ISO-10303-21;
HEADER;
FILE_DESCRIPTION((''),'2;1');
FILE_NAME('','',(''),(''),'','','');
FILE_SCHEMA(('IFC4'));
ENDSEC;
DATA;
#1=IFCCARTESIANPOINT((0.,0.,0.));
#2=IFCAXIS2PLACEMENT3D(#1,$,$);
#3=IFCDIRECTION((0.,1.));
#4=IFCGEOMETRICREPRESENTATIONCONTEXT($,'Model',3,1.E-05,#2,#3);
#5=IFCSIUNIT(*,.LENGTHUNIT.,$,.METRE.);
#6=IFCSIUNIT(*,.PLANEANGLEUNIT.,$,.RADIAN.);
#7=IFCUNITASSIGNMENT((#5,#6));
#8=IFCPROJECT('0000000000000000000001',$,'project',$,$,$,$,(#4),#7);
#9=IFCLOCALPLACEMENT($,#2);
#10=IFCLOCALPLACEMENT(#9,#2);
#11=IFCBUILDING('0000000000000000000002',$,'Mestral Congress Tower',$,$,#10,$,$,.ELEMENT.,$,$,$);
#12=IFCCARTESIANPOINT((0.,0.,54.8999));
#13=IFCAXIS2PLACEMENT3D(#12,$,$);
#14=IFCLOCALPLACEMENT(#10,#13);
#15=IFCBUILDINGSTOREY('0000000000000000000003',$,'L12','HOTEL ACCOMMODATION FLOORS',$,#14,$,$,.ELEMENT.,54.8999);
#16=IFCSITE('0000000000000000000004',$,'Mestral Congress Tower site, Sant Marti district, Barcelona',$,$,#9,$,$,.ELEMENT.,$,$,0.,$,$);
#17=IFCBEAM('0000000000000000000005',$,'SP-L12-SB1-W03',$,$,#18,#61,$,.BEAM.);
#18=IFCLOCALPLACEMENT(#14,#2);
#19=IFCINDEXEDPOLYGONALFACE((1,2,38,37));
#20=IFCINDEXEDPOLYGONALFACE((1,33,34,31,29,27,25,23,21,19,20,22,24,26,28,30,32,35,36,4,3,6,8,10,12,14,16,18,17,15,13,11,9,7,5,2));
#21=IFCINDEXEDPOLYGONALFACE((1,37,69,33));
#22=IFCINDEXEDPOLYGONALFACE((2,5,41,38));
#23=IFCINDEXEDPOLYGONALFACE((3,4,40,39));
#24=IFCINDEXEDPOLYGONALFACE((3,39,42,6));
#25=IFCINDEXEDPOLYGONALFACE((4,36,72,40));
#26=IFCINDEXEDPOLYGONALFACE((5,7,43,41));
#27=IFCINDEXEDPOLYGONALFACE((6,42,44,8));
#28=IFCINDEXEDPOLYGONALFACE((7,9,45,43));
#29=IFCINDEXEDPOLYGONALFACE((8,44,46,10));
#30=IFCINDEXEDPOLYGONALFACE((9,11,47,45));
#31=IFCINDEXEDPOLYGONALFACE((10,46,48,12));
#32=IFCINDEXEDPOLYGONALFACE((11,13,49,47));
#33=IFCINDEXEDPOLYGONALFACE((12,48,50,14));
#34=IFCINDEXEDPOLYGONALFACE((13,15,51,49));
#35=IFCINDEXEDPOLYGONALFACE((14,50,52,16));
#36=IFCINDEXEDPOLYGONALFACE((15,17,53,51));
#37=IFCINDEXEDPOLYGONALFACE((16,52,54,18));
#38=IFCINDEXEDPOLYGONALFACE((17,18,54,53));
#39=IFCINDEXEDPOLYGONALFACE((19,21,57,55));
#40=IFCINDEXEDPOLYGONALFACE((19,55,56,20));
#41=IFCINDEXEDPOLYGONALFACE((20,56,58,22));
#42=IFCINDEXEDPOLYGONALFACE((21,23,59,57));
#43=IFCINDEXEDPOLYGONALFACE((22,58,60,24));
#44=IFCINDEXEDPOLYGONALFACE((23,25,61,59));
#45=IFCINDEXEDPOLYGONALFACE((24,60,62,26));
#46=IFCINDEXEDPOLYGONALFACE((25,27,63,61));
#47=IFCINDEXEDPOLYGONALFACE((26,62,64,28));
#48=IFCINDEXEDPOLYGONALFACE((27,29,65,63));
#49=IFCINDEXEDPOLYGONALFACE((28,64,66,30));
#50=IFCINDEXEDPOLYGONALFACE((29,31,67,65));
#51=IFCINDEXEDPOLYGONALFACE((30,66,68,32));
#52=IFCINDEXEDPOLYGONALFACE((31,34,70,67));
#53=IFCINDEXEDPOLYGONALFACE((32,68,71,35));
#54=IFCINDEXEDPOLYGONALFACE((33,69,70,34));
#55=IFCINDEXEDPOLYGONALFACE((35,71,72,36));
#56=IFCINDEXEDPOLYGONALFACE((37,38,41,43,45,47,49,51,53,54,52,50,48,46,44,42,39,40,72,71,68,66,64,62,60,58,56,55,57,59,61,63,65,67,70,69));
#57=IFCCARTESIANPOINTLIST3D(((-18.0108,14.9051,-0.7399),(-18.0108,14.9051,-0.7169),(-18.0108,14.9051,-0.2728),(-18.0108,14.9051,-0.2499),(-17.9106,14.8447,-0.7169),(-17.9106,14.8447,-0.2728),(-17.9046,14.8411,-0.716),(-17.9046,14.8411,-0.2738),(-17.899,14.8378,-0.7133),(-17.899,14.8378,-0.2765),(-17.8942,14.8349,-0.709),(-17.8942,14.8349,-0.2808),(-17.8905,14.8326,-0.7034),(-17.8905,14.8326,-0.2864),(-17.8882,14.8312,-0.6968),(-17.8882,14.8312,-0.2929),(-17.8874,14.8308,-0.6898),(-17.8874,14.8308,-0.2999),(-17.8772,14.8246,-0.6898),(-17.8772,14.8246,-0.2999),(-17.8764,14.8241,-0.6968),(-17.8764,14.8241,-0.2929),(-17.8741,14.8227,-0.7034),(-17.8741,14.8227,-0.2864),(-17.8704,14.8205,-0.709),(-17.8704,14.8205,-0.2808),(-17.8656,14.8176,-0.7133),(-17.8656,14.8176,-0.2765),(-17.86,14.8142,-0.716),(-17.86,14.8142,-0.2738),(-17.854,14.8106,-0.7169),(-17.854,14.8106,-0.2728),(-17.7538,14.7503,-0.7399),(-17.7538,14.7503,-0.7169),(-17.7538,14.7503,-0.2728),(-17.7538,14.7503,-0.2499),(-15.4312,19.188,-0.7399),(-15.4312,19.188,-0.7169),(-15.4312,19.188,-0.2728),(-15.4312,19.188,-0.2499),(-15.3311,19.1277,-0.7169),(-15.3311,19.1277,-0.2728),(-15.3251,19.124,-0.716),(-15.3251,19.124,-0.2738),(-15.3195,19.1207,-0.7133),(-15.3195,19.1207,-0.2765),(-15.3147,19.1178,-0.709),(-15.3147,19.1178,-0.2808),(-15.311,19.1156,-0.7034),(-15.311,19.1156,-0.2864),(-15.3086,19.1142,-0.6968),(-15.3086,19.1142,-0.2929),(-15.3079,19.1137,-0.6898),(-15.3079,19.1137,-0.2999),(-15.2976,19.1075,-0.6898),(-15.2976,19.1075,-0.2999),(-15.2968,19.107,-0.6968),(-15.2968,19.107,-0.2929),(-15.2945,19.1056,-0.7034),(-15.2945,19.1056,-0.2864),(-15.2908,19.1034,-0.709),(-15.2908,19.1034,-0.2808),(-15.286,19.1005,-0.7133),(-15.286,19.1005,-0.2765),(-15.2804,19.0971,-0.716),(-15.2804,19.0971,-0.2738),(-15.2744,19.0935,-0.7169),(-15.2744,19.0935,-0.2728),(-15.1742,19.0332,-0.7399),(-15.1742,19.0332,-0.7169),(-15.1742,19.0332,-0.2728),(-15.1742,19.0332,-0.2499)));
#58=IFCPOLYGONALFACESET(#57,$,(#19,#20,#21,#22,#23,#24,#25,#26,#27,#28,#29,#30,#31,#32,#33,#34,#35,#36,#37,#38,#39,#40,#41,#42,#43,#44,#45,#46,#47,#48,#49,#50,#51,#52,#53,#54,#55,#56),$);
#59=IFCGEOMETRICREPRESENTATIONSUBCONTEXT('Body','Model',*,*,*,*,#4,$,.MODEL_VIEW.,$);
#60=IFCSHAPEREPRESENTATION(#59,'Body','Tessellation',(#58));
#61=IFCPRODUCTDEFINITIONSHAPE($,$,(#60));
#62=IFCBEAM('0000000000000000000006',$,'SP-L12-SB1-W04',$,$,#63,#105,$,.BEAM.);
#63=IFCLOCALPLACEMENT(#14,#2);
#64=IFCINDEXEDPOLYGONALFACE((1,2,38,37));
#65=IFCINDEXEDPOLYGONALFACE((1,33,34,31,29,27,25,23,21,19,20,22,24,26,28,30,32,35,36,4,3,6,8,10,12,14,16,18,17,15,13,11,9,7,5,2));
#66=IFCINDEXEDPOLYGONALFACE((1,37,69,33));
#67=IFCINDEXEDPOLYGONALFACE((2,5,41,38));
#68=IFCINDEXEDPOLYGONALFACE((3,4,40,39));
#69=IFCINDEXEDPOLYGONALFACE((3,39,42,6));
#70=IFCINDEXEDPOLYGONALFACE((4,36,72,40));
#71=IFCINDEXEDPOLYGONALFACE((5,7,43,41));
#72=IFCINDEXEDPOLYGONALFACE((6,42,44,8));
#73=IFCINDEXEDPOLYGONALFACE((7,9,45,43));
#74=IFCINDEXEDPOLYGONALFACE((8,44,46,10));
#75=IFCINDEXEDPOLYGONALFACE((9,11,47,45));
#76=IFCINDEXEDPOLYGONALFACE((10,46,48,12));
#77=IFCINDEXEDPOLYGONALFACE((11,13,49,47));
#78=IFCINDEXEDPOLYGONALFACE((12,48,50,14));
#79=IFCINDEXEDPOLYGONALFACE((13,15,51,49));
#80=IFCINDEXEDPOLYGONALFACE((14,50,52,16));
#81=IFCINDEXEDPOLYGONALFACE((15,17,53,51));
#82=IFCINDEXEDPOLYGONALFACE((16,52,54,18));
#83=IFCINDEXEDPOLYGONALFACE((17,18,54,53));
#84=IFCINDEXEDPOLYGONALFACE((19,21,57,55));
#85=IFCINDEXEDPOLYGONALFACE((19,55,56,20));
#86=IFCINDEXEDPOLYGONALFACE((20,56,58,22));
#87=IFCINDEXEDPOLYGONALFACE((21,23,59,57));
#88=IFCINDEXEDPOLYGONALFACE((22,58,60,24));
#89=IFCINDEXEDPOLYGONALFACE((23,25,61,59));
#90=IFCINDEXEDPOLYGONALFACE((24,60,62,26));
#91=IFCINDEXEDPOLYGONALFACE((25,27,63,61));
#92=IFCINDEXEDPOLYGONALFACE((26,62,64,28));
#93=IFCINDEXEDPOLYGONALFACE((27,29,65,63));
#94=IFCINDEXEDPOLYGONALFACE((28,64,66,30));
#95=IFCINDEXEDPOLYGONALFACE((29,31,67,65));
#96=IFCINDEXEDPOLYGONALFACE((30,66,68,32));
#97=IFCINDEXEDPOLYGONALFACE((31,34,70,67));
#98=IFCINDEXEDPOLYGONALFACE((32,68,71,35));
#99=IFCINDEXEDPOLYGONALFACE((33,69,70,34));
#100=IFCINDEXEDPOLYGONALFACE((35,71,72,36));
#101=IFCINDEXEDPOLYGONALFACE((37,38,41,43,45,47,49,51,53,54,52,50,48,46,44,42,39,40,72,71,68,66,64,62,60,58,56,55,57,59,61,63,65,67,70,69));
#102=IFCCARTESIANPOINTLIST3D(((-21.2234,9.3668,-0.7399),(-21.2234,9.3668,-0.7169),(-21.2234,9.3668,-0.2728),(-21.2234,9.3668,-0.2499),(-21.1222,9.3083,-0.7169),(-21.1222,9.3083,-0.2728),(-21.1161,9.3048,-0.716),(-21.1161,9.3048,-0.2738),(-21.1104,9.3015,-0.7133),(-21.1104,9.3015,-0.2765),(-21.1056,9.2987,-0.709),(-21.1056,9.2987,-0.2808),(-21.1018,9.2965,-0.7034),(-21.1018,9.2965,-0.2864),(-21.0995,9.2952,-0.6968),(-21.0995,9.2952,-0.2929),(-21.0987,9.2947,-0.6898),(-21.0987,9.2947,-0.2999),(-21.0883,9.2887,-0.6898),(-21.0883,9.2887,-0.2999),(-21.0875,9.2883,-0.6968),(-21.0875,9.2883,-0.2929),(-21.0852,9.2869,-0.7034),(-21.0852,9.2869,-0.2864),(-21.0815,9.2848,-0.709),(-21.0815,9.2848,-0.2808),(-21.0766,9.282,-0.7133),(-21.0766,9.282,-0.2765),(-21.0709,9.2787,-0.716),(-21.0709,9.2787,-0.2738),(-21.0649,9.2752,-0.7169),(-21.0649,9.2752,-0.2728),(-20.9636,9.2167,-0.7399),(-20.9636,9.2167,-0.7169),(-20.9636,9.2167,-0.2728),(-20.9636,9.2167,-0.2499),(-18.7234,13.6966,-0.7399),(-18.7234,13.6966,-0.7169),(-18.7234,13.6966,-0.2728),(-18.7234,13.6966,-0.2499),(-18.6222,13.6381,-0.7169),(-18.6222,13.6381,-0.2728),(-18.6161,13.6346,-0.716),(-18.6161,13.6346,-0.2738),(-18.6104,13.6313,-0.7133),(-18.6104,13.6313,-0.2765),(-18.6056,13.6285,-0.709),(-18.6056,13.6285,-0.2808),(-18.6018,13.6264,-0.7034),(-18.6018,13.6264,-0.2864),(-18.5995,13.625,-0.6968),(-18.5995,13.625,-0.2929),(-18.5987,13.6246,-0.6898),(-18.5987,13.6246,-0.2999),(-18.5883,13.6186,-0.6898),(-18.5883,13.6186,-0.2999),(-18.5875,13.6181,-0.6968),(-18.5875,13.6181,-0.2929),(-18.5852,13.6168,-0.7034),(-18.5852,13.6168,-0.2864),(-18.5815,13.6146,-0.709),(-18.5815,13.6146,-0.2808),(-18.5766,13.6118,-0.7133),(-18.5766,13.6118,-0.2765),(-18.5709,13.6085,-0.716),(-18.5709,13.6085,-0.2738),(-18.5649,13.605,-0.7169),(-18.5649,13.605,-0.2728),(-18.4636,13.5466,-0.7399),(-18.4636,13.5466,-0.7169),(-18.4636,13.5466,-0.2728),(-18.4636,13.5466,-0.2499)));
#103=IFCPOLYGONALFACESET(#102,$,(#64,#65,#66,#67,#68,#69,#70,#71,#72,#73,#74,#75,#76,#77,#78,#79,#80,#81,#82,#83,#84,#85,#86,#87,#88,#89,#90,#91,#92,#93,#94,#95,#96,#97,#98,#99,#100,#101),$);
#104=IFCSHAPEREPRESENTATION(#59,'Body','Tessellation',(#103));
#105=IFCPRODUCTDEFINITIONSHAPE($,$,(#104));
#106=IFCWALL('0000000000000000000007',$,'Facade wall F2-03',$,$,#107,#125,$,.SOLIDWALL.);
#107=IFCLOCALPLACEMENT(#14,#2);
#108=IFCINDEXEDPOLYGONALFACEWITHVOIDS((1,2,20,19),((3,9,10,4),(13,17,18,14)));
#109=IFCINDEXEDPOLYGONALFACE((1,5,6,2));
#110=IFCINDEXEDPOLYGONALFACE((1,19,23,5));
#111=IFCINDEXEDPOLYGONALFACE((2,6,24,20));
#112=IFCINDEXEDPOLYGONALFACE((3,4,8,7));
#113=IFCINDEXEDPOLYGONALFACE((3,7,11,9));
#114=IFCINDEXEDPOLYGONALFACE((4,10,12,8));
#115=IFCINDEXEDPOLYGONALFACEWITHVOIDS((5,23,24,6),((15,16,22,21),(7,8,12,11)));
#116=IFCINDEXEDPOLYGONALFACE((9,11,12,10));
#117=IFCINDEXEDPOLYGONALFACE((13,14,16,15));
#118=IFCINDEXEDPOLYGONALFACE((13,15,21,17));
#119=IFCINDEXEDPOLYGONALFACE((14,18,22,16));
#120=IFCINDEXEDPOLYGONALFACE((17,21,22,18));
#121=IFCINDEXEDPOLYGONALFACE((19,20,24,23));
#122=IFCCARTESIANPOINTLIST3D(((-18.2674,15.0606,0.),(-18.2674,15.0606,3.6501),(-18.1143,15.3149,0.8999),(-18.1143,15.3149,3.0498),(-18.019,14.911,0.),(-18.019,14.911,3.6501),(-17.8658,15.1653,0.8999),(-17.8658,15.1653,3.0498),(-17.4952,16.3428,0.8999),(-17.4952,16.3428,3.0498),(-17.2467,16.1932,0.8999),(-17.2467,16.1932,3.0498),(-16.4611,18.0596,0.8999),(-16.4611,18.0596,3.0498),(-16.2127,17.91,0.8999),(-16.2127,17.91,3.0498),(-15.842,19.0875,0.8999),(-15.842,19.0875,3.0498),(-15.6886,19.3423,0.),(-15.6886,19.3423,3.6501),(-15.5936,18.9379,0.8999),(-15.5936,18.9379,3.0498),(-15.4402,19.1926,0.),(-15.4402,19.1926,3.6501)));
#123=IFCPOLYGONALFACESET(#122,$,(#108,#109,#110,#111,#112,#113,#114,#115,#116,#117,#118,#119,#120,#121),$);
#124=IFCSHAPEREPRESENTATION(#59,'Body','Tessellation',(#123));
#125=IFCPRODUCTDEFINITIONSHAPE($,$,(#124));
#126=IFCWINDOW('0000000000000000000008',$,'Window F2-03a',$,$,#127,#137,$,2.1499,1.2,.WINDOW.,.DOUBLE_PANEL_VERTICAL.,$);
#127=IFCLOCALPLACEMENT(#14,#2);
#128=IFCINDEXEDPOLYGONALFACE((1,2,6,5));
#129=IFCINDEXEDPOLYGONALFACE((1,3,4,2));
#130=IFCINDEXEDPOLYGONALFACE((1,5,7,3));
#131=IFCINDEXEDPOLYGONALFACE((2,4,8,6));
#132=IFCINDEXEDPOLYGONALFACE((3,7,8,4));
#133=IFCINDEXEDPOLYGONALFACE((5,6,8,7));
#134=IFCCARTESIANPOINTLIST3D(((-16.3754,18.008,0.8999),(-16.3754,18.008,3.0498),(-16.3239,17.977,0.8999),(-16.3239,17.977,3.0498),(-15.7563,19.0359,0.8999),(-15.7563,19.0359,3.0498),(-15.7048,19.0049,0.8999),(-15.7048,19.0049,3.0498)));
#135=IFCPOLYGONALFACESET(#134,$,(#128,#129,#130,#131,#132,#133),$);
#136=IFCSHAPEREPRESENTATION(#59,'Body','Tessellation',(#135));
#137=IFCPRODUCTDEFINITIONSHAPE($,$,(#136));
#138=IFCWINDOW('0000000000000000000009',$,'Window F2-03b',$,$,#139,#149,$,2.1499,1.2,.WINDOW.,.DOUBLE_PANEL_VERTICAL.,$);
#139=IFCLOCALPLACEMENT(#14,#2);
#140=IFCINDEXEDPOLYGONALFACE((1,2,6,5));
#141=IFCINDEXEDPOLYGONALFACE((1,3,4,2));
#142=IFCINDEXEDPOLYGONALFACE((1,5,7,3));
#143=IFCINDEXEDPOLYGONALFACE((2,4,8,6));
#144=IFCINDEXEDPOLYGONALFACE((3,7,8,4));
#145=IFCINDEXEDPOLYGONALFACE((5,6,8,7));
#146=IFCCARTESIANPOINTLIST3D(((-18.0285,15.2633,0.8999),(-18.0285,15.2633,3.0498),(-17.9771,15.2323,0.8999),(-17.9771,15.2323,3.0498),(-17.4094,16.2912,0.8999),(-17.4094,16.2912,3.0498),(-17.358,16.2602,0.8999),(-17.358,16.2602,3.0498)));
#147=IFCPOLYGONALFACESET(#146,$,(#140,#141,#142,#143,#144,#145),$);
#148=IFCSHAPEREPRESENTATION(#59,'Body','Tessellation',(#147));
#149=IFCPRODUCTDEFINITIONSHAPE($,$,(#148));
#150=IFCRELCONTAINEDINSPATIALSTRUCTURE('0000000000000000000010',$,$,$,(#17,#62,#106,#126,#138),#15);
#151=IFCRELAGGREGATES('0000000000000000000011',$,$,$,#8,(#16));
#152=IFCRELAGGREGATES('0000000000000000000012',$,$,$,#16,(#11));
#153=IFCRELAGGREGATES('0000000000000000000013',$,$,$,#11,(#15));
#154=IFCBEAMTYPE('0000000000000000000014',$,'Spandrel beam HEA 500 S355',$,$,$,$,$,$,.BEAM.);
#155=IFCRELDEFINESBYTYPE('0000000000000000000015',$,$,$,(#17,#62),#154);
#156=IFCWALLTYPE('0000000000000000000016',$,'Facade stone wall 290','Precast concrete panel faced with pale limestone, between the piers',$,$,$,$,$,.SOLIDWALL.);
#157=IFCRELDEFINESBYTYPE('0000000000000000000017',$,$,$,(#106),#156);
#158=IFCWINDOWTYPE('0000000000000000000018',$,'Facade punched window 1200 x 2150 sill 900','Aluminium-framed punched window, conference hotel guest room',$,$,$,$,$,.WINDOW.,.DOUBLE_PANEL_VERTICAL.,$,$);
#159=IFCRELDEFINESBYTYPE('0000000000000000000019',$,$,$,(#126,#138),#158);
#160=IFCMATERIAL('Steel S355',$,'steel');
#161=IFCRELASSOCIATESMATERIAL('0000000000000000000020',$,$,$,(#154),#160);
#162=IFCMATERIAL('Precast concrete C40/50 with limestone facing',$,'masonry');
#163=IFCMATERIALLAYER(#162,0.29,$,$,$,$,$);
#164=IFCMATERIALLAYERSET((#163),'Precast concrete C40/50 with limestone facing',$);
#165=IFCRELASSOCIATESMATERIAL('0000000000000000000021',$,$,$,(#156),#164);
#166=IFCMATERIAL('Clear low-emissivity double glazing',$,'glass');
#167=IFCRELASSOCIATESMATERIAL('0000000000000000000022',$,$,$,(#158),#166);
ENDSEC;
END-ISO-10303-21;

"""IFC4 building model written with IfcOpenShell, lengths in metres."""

from ifc_helpers import new_model, si_unit, direction, frame, frame_2d, origin, origin_2d, place, context, subcontext, project, spatial, rectangle, i_section, extrude, material, layer, layer_set, material_profile, profile_set, type_object, element, fill, save


model = new_model("IFC4")

# Units and contexts
model_context = context("Model", 3, precision=1e-05, world=origin(), true_north=direction((0.0, 1.0)))
body_context = subcontext(model_context, "Body", "Model", "MODEL_VIEW")
ifc_project = project(units=[si_unit("LENGTHUNIT", "METRE"), si_unit("PLANEANGLEUNIT", "RADIAN")], contexts=[model_context])

# Site, building, storey
site_placement = place(None, origin())
site = spatial("IfcSite", under=ifc_project, at=site_placement, Name="Mestral Congress Tower site, Sant Marti district, Barcelona", CompositionType="ELEMENT", RefElevation=0.0)
building_placement = place(site_placement, origin())
building = spatial("IfcBuilding", under=site, at=building_placement, Name="Mestral Congress Tower", CompositionType="ELEMENT")
storey_placement = place(building_placement, frame((0.0, 0.0, 54.8999)))
storey = spatial("IfcBuildingStorey", under=building, at=storey_placement, Name="L12", Description="HOTEL ACCOMMODATION FLOORS", CompositionType="ELEMENT", Elevation=54.8999)

# Beams
ifc_material_1 = material(Name="Steel S355", Category="steel")
ifc_material_profile_1 = material_profile(ifc_material_1, i_section(OverallWidth=0.3, OverallDepth=0.49, WebThickness=0.012, FlangeThickness=0.0229, FilletRadius=0.0271, at=origin_2d()), Name="HEA 500")
ifc_profile_set_1 = profile_set([ifc_material_profile_1], Name="Steel S355")
beam_type_1 = type_object("IfcBeamType", Name="Spandrel beam HEA 500 S355", PredefinedType="BEAM", material=ifc_profile_set_1)
for number, where, z_axis, x_axis, name in (
    (1, (-15.3027, 19.1106, -0.4949), (-0.515938, -0.856626, 0.0), (0.856626, -0.515938, 0.0), "SP-L12-SB1-W03"),
    (2, (-18.5935, 13.6216, -0.4949), (-0.500025, -0.866011, 0.0), (0.866011, -0.500025, 0.0), "SP-L12-SB1-W04"),
):
    element("IfcBeam", number, at=place(storey_placement, frame(where, z_axis=z_axis, x_axis=x_axis)), inside=storey, type_object=beam_type_1, Name=name, PredefinedType="BEAM", context=body_context, shape_type="SweptSolid", body=[
        extrude(i_section(OverallWidth=0.3, OverallDepth=0.49, WebThickness=0.012, FlangeThickness=0.0229, FilletRadius=0.0271, at=origin_2d()), origin(), (0.0, 0.0, 1.0), 4.9998),
    ])

# Wall, openings, windows
ifc_material_2 = material(Name="Precast concrete C40/50 with limestone facing", Category="masonry")
ifc_layer_1 = layer(ifc_material_2, 0.29)
ifc_layer_set_1 = layer_set([ifc_layer_1], Name="Precast concrete C40/50 with limestone facing")
wall_type_1 = type_object("IfcWallType", Name="Facade stone wall 290", Description="Precast concrete panel faced with pale limestone, between the piers", PredefinedType="SOLIDWALL", material=ifc_layer_set_1)
wall_1_placement = place(storey_placement, frame((-15.5645, 19.2673, 0.0), z_axis=(0.0, 0.0, 1.0), x_axis=(-0.515939, -0.856625, 0.0)))
wall_1 = element("IfcWall", 3, at=wall_1_placement, inside=storey, type_object=wall_type_1, Name="Facade wall F2-03", PredefinedType="SOLIDWALL", context=body_context, shape_type="SweptSolid", body=[
    extrude(rectangle(XDim=4.9983, YDim=0.29, at=frame_2d((2.499, 0.0))), origin(), (0.0, 0.0, 1.0), 3.6501),
])
opening_1_placement = place(wall_1_placement, frame((0.2971, 0.0, 0.8999)))
opening_1 = element("IfcOpeningElement", 4, at=opening_1_placement, cuts=wall_1, PredefinedType="OPENING", context=body_context, shape_type="SweptSolid", body=[
    extrude(rectangle(XDim=1.2, YDim=2.1499, at=frame_2d((0.6001, 1.075))), frame((0.0, 0.155, 0.0), z_axis=(0.0, -1.0, 0.0), x_axis=(1.0, 0.0, 0.0)), (0.0, 0.0, 1.0), 0.3101),
])
opening_2_placement = place(wall_1_placement, frame((3.5012, 0.0, 0.8999)))
opening_2 = element("IfcOpeningElement", 5, at=opening_2_placement, cuts=wall_1, PredefinedType="OPENING", context=body_context, shape_type="SweptSolid", body=[
    extrude(rectangle(XDim=1.2, YDim=2.1499, at=frame_2d((0.6001, 1.075))), frame((0.0, 0.155, 0.0), z_axis=(0.0, -1.0, 0.0), x_axis=(1.0, 0.0, 0.0)), (0.0, 0.0, 1.0), 0.3101),
])
ifc_material_3 = material(Name="Clear low-emissivity double glazing", Category="glass")
window_type = type_object("IfcWindowType", Name="Facade punched window 1200 x 2150 sill 900", Description="Aluminium-framed punched window, conference hotel guest room", PartitioningType="DOUBLE_PANEL_VERTICAL", PredefinedType="WINDOW", material=ifc_material_3)
window_1_placement = place(opening_1_placement, origin())
window_1 = element("IfcWindow", 6, at=window_1_placement, inside=storey, type_object=window_type, Name="Window F2-03a", OverallHeight=2.1499, OverallWidth=1.2, PartitioningType="DOUBLE_PANEL_VERTICAL", PredefinedType="WINDOW", context=body_context, shape_type="SweptSolid", body=[
    extrude(rectangle(XDim=1.2, YDim=2.1499, at=frame_2d((0.6001, 1.075))), frame((0.0, 0.0151, 0.0), z_axis=(0.0, -1.0, 0.0), x_axis=(1.0, 0.0, 0.0)), (0.0, 0.0, 1.0), 0.0601),
])
fill(opening_1, window_1)
window_2_placement = place(opening_2_placement, origin())
window_2 = element("IfcWindow", 7, at=window_2_placement, inside=storey, type_object=window_type, Name="Window F2-03b", OverallHeight=2.1499, OverallWidth=1.2, PartitioningType="DOUBLE_PANEL_VERTICAL", PredefinedType="WINDOW", context=body_context, shape_type="SweptSolid", body=[
    extrude(rectangle(XDim=1.2, YDim=2.1499, at=frame_2d((0.6001, 1.075))), frame((0.0, 0.0151, 0.0), z_axis=(0.0, -1.0, 0.0), x_axis=(1.0, 0.0, 0.0)), (0.0, 0.0, 1.0), 0.0601),
])
fill(opening_2, window_2)

save(model, "model.ifc")
